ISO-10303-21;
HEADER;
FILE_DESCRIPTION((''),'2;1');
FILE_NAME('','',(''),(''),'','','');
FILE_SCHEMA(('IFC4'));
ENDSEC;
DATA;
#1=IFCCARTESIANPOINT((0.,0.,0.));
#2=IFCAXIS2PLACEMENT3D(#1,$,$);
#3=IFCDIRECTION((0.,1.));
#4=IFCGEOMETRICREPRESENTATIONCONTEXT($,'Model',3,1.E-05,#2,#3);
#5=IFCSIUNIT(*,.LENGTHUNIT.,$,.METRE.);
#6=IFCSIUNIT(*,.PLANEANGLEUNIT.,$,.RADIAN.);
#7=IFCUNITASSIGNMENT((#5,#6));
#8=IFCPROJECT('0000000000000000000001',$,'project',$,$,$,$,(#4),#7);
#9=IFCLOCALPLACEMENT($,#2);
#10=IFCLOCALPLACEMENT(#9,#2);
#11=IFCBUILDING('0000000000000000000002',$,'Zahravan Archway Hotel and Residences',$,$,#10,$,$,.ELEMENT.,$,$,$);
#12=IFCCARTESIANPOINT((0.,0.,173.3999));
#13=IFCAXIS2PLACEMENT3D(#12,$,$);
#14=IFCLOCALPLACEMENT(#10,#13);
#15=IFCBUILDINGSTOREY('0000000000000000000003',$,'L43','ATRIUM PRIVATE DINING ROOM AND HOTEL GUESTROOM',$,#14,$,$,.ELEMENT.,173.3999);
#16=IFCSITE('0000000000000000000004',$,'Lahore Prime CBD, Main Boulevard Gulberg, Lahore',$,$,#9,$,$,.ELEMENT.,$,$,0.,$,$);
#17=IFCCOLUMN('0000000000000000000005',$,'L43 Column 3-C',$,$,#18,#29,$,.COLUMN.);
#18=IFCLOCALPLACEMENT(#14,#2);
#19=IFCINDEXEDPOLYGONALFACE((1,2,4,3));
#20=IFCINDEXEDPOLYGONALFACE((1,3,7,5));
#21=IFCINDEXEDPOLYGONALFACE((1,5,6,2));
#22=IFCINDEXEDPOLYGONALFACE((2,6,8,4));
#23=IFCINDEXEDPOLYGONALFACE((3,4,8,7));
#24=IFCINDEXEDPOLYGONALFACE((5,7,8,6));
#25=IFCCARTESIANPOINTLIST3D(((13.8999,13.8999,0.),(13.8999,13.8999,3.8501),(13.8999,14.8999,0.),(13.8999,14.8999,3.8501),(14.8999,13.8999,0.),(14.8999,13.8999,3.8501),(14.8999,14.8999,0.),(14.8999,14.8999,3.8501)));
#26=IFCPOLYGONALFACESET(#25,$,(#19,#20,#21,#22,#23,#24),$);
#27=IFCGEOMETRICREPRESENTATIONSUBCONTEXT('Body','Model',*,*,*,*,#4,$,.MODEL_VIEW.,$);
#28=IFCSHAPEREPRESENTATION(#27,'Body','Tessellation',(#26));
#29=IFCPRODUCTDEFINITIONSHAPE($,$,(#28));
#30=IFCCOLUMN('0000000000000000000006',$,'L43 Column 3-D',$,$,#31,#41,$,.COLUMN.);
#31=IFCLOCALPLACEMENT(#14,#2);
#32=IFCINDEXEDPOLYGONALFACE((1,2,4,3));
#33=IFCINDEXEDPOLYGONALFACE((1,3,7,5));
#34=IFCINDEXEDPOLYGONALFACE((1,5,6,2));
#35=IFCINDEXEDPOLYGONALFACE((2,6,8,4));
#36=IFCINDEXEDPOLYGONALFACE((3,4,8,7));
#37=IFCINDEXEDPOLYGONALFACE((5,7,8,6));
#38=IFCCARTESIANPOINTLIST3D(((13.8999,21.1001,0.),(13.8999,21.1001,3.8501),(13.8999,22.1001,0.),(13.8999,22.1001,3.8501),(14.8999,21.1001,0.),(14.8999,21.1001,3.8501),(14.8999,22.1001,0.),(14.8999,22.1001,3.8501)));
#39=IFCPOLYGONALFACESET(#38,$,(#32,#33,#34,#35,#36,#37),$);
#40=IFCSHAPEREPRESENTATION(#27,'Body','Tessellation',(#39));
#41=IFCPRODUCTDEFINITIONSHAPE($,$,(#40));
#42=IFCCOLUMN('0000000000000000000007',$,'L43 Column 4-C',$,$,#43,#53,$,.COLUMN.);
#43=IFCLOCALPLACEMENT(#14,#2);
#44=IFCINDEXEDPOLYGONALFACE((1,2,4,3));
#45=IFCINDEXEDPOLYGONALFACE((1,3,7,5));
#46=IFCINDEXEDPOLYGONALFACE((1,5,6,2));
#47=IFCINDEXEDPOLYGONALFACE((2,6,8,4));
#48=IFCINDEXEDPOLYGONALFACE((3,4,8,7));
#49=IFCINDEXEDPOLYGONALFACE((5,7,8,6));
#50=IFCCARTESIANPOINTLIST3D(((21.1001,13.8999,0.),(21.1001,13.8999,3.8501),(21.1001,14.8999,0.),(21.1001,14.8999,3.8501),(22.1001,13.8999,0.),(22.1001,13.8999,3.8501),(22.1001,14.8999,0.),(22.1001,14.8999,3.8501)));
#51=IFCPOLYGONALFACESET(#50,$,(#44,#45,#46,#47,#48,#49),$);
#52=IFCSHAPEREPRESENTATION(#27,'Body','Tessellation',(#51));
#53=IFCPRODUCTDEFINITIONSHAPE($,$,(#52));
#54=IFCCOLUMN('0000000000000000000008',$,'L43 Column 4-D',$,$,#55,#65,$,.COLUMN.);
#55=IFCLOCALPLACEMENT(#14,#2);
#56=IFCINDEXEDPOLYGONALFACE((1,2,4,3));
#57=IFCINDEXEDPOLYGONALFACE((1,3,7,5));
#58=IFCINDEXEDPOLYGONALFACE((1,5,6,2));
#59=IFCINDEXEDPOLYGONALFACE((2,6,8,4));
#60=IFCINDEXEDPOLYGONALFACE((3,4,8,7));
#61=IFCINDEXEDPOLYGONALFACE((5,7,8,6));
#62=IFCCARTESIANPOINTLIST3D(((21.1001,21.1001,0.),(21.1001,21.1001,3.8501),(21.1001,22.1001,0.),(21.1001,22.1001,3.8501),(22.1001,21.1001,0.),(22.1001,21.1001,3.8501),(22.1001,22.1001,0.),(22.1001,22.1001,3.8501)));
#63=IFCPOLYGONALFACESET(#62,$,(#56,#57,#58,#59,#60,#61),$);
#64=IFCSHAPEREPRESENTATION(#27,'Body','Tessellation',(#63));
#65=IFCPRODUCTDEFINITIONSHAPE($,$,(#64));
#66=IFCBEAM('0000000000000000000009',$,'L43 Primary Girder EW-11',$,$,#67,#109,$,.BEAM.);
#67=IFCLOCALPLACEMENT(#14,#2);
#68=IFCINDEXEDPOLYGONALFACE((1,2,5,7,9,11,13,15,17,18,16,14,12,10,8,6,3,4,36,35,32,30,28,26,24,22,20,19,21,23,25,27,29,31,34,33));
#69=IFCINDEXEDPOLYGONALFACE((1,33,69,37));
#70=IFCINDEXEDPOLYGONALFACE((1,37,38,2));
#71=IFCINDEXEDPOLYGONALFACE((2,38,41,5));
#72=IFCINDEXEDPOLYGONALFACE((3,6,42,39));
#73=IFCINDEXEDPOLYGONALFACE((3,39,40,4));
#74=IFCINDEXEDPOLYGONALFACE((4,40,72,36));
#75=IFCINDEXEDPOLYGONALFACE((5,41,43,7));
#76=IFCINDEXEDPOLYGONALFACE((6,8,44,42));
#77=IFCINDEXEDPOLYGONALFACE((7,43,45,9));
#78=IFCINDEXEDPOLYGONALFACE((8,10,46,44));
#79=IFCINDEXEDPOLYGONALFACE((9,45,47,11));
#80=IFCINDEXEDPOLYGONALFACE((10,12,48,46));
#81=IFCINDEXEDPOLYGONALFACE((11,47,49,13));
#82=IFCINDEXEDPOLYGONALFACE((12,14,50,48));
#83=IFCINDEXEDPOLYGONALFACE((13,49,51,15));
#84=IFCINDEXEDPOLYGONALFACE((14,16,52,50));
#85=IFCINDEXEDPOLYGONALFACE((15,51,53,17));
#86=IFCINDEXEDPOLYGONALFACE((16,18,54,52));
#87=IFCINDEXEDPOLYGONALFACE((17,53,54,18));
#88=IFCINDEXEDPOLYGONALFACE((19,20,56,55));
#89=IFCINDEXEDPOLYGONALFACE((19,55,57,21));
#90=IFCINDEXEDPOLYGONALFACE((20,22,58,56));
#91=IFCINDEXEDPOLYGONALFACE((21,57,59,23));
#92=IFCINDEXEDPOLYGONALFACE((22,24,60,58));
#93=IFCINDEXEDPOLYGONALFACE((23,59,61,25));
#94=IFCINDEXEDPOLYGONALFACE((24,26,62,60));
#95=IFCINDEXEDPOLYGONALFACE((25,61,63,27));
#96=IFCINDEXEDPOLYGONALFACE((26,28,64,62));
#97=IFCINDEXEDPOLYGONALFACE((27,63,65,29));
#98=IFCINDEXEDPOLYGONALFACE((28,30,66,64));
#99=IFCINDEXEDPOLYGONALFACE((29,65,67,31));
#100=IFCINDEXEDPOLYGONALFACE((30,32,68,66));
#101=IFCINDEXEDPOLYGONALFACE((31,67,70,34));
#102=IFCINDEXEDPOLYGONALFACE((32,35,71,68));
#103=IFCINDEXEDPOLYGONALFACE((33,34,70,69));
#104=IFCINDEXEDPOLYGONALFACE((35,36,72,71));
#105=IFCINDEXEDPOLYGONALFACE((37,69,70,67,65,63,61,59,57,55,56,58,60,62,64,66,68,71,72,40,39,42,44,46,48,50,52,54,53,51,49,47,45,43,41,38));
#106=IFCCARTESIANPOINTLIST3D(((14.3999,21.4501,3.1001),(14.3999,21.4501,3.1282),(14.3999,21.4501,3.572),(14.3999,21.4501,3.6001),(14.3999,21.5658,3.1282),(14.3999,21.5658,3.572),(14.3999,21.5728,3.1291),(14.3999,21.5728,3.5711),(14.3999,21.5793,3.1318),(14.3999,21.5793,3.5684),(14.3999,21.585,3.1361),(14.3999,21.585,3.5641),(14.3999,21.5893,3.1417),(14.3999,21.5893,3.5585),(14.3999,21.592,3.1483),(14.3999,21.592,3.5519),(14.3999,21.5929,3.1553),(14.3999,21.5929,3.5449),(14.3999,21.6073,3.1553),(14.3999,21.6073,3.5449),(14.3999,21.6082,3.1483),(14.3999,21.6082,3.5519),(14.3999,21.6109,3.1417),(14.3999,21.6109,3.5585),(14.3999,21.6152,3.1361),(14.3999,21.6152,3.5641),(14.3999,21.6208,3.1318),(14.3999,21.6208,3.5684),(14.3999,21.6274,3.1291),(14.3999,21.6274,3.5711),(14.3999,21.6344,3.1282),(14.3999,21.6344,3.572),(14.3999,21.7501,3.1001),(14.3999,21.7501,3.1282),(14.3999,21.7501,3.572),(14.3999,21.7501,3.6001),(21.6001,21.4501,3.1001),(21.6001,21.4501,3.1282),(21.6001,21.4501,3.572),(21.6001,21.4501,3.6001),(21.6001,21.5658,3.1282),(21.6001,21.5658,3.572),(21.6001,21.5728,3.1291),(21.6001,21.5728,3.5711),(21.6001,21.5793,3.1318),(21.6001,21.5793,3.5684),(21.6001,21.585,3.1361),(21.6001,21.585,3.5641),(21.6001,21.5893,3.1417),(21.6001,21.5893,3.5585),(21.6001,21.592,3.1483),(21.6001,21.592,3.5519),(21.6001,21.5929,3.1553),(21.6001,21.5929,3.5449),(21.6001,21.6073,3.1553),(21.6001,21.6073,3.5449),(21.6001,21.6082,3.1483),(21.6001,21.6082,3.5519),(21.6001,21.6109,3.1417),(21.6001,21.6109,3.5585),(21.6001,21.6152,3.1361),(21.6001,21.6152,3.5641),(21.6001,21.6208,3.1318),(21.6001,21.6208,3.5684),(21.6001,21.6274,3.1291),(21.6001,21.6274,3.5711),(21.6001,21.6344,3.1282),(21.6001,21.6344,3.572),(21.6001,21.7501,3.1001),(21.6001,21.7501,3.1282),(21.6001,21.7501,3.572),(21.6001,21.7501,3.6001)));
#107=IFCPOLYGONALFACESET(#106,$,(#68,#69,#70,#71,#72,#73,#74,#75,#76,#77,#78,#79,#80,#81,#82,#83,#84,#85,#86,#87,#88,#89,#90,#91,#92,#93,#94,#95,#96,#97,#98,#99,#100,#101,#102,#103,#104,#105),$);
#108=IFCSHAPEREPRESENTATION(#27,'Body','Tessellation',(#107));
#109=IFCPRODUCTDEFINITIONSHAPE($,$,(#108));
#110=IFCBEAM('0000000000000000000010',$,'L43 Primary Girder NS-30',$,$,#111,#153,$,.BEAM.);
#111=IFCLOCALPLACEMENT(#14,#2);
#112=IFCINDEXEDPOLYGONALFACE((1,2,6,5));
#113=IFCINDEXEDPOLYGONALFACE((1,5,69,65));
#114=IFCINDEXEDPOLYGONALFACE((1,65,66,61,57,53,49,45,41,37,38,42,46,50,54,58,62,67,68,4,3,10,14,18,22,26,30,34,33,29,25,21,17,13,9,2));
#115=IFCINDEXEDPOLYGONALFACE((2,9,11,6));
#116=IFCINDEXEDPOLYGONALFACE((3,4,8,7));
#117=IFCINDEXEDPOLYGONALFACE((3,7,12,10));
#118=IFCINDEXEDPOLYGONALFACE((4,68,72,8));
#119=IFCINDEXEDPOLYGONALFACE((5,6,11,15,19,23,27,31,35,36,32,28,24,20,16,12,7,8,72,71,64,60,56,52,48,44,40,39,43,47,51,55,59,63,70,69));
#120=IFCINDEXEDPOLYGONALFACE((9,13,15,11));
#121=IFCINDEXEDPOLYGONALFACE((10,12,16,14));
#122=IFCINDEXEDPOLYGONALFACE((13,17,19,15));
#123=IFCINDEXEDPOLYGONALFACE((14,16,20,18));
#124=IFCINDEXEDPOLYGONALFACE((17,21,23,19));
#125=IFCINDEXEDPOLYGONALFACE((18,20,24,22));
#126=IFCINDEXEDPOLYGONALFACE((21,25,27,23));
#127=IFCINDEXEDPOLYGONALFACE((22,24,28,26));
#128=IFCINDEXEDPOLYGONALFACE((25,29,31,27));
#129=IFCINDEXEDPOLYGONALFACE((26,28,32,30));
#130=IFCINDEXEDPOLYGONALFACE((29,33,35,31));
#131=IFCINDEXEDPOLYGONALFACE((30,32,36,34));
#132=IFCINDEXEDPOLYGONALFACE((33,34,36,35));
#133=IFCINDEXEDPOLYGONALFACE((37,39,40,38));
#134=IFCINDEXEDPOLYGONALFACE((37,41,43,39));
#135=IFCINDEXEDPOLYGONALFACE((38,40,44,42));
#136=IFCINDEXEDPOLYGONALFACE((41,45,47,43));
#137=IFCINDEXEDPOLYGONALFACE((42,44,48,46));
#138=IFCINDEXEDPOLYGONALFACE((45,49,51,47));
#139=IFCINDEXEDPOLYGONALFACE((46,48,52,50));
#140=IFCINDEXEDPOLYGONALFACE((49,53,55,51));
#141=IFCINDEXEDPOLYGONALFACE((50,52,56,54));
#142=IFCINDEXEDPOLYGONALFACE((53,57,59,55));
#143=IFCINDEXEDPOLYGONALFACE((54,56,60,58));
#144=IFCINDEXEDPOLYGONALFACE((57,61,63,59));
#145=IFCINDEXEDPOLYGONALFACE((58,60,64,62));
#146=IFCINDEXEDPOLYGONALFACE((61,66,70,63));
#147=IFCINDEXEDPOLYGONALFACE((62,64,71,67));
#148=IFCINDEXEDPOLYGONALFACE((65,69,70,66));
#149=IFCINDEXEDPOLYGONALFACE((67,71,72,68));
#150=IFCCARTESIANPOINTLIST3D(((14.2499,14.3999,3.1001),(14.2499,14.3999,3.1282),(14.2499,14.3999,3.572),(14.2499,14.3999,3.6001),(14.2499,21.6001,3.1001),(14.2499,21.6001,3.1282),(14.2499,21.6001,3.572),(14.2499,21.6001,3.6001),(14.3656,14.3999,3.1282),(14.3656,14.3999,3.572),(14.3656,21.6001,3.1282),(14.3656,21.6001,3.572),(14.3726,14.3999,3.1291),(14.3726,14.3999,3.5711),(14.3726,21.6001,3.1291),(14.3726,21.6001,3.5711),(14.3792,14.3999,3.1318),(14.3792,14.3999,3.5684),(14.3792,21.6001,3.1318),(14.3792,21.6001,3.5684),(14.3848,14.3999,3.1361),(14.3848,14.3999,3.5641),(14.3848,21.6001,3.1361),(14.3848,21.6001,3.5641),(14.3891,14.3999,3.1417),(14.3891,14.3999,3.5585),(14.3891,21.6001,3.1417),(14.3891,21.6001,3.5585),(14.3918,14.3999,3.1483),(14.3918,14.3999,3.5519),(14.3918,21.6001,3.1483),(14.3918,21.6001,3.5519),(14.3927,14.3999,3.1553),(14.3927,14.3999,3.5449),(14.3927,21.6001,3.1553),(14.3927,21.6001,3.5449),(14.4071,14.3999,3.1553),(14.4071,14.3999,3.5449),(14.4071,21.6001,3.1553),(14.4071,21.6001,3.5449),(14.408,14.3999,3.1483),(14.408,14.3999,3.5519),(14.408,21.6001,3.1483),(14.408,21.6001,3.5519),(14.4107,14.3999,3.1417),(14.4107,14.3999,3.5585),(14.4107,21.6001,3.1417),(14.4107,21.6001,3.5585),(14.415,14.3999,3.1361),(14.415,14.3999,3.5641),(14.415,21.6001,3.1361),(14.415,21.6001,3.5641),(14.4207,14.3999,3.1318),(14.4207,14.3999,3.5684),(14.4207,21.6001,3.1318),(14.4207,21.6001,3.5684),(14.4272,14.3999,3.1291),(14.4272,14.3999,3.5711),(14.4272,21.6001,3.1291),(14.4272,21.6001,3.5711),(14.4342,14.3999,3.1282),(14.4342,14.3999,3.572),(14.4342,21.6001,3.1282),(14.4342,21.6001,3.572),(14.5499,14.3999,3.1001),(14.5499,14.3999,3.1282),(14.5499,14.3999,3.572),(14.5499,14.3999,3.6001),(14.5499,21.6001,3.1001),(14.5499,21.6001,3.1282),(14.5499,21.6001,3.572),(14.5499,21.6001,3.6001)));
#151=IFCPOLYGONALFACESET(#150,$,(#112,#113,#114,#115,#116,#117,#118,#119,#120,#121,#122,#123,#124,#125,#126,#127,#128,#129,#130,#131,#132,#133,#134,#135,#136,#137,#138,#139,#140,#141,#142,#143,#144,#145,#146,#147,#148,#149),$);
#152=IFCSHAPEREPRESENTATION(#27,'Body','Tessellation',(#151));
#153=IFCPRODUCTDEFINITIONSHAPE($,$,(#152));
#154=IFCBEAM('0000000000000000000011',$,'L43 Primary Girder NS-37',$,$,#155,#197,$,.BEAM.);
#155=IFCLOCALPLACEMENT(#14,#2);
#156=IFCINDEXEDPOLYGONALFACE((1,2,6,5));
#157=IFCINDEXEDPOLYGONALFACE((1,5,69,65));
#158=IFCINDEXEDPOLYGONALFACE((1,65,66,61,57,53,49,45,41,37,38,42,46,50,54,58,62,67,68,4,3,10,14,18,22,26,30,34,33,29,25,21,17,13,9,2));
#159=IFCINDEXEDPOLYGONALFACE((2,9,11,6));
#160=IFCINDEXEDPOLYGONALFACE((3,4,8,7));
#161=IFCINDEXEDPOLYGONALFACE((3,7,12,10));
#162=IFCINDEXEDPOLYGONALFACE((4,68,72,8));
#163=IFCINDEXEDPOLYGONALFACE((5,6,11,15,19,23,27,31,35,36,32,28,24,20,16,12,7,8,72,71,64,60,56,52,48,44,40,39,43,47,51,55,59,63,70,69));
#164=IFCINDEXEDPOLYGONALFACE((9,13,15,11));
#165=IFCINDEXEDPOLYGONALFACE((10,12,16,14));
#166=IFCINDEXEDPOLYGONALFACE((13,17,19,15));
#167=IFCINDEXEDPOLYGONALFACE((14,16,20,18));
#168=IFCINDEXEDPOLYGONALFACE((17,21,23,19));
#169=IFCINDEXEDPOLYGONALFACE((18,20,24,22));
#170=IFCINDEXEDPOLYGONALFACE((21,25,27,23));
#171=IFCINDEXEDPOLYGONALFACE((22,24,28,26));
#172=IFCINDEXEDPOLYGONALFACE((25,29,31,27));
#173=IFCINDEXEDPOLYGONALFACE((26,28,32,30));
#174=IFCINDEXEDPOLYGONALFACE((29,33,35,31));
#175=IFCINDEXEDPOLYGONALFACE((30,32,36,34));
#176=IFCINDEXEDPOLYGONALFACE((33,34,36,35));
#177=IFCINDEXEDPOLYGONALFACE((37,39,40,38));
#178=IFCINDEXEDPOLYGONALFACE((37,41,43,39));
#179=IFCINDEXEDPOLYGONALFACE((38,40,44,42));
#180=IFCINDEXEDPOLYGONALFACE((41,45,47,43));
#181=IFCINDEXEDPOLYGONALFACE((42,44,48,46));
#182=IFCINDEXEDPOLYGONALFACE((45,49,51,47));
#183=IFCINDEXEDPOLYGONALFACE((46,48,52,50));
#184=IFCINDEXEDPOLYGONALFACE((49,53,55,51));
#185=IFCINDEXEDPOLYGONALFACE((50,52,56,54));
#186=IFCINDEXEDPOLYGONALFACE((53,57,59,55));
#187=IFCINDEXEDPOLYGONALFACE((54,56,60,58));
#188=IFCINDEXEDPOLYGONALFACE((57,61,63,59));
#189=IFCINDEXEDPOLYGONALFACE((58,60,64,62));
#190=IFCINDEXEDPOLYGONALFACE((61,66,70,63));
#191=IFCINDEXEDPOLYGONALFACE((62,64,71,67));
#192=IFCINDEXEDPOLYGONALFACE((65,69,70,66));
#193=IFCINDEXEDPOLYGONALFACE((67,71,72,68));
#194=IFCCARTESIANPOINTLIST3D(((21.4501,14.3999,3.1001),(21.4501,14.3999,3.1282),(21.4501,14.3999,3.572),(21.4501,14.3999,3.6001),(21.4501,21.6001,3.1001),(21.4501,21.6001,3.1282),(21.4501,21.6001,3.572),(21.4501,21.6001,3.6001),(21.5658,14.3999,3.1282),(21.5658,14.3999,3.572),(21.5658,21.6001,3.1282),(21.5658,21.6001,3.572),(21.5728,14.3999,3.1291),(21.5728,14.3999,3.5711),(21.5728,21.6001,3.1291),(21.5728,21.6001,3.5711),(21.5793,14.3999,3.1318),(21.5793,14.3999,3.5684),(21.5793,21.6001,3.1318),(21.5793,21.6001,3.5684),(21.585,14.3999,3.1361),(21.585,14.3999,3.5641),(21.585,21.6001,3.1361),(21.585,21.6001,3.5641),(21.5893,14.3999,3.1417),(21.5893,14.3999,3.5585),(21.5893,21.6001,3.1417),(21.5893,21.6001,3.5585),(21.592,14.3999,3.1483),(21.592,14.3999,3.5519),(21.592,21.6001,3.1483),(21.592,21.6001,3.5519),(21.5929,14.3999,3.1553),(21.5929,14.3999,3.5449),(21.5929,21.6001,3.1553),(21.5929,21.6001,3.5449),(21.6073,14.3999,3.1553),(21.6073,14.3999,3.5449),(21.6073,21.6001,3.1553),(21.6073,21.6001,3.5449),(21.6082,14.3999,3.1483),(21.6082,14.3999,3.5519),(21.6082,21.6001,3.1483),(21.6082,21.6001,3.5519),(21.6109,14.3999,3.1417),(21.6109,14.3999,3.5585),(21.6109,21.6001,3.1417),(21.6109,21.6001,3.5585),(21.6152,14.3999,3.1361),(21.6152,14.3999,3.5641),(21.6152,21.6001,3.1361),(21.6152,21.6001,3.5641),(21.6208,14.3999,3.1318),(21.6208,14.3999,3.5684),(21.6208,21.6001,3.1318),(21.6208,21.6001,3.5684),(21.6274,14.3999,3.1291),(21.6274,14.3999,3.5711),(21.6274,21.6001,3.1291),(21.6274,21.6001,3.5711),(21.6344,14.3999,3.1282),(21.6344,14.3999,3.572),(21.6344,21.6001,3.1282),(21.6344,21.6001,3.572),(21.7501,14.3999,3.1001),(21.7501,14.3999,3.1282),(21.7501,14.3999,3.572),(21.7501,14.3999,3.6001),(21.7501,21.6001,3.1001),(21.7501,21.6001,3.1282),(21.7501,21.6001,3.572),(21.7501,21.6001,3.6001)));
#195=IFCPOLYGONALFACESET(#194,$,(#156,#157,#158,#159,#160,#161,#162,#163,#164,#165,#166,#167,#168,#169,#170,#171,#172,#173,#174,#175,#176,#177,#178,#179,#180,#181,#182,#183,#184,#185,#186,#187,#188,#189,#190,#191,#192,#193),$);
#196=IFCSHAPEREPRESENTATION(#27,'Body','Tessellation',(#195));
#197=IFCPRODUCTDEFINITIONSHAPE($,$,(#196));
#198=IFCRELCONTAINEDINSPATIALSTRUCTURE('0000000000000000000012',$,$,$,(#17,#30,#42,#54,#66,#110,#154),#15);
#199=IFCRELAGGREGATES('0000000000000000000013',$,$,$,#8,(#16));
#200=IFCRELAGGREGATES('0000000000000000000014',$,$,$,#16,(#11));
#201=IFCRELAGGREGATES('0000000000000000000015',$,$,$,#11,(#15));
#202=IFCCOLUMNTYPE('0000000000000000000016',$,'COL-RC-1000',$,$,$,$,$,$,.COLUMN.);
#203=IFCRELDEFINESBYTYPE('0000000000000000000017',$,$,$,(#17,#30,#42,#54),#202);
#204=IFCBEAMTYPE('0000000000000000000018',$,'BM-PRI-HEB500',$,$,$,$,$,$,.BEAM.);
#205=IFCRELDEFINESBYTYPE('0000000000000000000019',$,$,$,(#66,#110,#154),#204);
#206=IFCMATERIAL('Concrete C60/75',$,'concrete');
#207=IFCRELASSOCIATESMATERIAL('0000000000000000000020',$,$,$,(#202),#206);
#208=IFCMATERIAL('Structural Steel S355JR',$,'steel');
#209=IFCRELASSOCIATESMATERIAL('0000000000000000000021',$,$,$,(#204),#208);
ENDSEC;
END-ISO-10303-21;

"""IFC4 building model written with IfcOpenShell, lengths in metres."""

from ifc_helpers import new_model, si_unit, direction, frame, origin, origin_2d, place, context, subcontext, project, spatial, rectangle, i_section, extrude, source, transform, mapped, material, material_profile, profile_set, type_object, type_shapes, element, save


model = new_model("IFC4")

# Units and contexts
model_context = context("Model", 3, precision=1e-05, world=origin(), true_north=direction((0.0, 1.0)))
body_context = subcontext(model_context, "Body", "Model", "MODEL_VIEW")
ifc_project = project(units=[si_unit("LENGTHUNIT", "METRE"), si_unit("PLANEANGLEUNIT", "RADIAN")], contexts=[model_context])

# Site, building, storey
site_placement = place(None, origin())
site = spatial("IfcSite", under=ifc_project, at=site_placement, Name="Lahore Prime CBD, Main Boulevard Gulberg, Lahore", CompositionType="ELEMENT", RefElevation=0.0)
building_placement = place(site_placement, origin())
building = spatial("IfcBuilding", under=site, at=building_placement, Name="Zahravan Archway Hotel and Residences", CompositionType="ELEMENT")
storey_placement = place(building_placement, frame((0.0, 0.0, 173.3999)))
storey = spatial("IfcBuildingStorey", under=building, at=storey_placement, Name="L43", Description="ATRIUM PRIVATE DINING ROOM AND HOTEL GUESTROOM", CompositionType="ELEMENT", Elevation=173.3999)

# Columns
ifc_material_1 = material(Name="Concrete C60/75", Category="concrete")
ifc_material_profile_1 = material_profile(ifc_material_1, rectangle(XDim=1.0, YDim=1.0, at=origin_2d()), Name="RC-COL-1000x1000", Category="concrete")
ifc_profile_set_1 = profile_set([ifc_material_profile_1], Name="Concrete C60/75")
column_type = type_object("IfcColumnType", Name="COL-RC-1000", PredefinedType="COLUMN", material=ifc_profile_set_1)
shared_shape_1 = source(origin(), body_context, "Body", "SweptSolid", [
    extrude(rectangle(XDim=1.0, YDim=1.0, at=origin_2d()), origin(), (0.0, 0.0, 1.0), 3.8501),
])
for number, where, z_axis, x_axis, name in (
    (1, (14.3999, 14.3999, 0.0), (0.0, 0.0, 1.0), (1.0, 0.0, 0.0), "L43 Column 3-C"),
    (2, (14.3999, 21.6001, 0.0), (0.0, 0.0, 1.0), (1.0, 0.0, 0.0), "L43 Column 3-D"),
    (3, (21.6001, 14.3999, 0.0), (0.0, 0.0, 1.0), (1.0, 0.0, 0.0), "L43 Column 4-C"),
    (4, (21.6001, 21.6001, 0.0), (0.0, 0.0, 1.0), (1.0, 0.0, 0.0), "L43 Column 4-D"),
):
    element("IfcColumn", number, at=place(storey_placement, frame(where, z_axis=z_axis, x_axis=x_axis)), inside=storey, type_object=column_type, Name=name, PredefinedType="COLUMN", context=body_context, shape_type="MappedRepresentation", body=[
        mapped(shared_shape_1, transform((0.0, 0.0, 0.0), scale=1.0)),
    ])

# Beams
ifc_material_2 = material(Name="Structural Steel S355JR", Category="steel")
ifc_material_profile_2 = material_profile(ifc_material_2, i_section(OverallWidth=0.3, OverallDepth=0.5, WebThickness=0.0144, FlangeThickness=0.0281, FilletRadius=0.0271, at=origin_2d()), Name="HEB 500", Category="steel")
ifc_profile_set_2 = profile_set([ifc_material_profile_2], Name="Structural Steel S355JR")
beam_type_1 = type_object("IfcBeamType", Name="BM-PRI-HEB500", PredefinedType="BEAM", material=ifc_profile_set_2)
shared_shape_2 = source(origin(), body_context, "Body", "SweptSolid", [
    extrude(i_section(OverallWidth=0.3, OverallDepth=0.5, WebThickness=0.0144, FlangeThickness=0.0281, FilletRadius=0.0271, at=origin_2d()), origin(), (0.0, 0.0, 1.0), 7.2002),
])
type_shapes(beam_type_1, [shared_shape_2])
for number, where, z_axis, x_axis, name in (
    (5, (14.3999, 21.6001, 3.3501), (1.0, 0.0, 0.0), (0.0, 1.0, 0.0), "L43 Primary Girder EW-11"),
    (6, (14.3999, 14.3999, 3.3501), (0.0, 1.0, 0.0), (-1.0, 0.0, 0.0), "L43 Primary Girder NS-30"),
    (7, (21.6001, 14.3999, 3.3501), (0.0, 1.0, 0.0), (-1.0, 0.0, 0.0), "L43 Primary Girder NS-37"),
):
    element("IfcBeam", number, at=place(storey_placement, frame(where, z_axis=z_axis, x_axis=x_axis)), inside=storey, type_object=beam_type_1, Name=name, PredefinedType="BEAM", context=body_context, shape_type="MappedRepresentation", body=[
        mapped(shared_shape_2, transform((0.0, 0.0, 0.0), scale=1.0)),
    ])

save(model, "model.ifc")
